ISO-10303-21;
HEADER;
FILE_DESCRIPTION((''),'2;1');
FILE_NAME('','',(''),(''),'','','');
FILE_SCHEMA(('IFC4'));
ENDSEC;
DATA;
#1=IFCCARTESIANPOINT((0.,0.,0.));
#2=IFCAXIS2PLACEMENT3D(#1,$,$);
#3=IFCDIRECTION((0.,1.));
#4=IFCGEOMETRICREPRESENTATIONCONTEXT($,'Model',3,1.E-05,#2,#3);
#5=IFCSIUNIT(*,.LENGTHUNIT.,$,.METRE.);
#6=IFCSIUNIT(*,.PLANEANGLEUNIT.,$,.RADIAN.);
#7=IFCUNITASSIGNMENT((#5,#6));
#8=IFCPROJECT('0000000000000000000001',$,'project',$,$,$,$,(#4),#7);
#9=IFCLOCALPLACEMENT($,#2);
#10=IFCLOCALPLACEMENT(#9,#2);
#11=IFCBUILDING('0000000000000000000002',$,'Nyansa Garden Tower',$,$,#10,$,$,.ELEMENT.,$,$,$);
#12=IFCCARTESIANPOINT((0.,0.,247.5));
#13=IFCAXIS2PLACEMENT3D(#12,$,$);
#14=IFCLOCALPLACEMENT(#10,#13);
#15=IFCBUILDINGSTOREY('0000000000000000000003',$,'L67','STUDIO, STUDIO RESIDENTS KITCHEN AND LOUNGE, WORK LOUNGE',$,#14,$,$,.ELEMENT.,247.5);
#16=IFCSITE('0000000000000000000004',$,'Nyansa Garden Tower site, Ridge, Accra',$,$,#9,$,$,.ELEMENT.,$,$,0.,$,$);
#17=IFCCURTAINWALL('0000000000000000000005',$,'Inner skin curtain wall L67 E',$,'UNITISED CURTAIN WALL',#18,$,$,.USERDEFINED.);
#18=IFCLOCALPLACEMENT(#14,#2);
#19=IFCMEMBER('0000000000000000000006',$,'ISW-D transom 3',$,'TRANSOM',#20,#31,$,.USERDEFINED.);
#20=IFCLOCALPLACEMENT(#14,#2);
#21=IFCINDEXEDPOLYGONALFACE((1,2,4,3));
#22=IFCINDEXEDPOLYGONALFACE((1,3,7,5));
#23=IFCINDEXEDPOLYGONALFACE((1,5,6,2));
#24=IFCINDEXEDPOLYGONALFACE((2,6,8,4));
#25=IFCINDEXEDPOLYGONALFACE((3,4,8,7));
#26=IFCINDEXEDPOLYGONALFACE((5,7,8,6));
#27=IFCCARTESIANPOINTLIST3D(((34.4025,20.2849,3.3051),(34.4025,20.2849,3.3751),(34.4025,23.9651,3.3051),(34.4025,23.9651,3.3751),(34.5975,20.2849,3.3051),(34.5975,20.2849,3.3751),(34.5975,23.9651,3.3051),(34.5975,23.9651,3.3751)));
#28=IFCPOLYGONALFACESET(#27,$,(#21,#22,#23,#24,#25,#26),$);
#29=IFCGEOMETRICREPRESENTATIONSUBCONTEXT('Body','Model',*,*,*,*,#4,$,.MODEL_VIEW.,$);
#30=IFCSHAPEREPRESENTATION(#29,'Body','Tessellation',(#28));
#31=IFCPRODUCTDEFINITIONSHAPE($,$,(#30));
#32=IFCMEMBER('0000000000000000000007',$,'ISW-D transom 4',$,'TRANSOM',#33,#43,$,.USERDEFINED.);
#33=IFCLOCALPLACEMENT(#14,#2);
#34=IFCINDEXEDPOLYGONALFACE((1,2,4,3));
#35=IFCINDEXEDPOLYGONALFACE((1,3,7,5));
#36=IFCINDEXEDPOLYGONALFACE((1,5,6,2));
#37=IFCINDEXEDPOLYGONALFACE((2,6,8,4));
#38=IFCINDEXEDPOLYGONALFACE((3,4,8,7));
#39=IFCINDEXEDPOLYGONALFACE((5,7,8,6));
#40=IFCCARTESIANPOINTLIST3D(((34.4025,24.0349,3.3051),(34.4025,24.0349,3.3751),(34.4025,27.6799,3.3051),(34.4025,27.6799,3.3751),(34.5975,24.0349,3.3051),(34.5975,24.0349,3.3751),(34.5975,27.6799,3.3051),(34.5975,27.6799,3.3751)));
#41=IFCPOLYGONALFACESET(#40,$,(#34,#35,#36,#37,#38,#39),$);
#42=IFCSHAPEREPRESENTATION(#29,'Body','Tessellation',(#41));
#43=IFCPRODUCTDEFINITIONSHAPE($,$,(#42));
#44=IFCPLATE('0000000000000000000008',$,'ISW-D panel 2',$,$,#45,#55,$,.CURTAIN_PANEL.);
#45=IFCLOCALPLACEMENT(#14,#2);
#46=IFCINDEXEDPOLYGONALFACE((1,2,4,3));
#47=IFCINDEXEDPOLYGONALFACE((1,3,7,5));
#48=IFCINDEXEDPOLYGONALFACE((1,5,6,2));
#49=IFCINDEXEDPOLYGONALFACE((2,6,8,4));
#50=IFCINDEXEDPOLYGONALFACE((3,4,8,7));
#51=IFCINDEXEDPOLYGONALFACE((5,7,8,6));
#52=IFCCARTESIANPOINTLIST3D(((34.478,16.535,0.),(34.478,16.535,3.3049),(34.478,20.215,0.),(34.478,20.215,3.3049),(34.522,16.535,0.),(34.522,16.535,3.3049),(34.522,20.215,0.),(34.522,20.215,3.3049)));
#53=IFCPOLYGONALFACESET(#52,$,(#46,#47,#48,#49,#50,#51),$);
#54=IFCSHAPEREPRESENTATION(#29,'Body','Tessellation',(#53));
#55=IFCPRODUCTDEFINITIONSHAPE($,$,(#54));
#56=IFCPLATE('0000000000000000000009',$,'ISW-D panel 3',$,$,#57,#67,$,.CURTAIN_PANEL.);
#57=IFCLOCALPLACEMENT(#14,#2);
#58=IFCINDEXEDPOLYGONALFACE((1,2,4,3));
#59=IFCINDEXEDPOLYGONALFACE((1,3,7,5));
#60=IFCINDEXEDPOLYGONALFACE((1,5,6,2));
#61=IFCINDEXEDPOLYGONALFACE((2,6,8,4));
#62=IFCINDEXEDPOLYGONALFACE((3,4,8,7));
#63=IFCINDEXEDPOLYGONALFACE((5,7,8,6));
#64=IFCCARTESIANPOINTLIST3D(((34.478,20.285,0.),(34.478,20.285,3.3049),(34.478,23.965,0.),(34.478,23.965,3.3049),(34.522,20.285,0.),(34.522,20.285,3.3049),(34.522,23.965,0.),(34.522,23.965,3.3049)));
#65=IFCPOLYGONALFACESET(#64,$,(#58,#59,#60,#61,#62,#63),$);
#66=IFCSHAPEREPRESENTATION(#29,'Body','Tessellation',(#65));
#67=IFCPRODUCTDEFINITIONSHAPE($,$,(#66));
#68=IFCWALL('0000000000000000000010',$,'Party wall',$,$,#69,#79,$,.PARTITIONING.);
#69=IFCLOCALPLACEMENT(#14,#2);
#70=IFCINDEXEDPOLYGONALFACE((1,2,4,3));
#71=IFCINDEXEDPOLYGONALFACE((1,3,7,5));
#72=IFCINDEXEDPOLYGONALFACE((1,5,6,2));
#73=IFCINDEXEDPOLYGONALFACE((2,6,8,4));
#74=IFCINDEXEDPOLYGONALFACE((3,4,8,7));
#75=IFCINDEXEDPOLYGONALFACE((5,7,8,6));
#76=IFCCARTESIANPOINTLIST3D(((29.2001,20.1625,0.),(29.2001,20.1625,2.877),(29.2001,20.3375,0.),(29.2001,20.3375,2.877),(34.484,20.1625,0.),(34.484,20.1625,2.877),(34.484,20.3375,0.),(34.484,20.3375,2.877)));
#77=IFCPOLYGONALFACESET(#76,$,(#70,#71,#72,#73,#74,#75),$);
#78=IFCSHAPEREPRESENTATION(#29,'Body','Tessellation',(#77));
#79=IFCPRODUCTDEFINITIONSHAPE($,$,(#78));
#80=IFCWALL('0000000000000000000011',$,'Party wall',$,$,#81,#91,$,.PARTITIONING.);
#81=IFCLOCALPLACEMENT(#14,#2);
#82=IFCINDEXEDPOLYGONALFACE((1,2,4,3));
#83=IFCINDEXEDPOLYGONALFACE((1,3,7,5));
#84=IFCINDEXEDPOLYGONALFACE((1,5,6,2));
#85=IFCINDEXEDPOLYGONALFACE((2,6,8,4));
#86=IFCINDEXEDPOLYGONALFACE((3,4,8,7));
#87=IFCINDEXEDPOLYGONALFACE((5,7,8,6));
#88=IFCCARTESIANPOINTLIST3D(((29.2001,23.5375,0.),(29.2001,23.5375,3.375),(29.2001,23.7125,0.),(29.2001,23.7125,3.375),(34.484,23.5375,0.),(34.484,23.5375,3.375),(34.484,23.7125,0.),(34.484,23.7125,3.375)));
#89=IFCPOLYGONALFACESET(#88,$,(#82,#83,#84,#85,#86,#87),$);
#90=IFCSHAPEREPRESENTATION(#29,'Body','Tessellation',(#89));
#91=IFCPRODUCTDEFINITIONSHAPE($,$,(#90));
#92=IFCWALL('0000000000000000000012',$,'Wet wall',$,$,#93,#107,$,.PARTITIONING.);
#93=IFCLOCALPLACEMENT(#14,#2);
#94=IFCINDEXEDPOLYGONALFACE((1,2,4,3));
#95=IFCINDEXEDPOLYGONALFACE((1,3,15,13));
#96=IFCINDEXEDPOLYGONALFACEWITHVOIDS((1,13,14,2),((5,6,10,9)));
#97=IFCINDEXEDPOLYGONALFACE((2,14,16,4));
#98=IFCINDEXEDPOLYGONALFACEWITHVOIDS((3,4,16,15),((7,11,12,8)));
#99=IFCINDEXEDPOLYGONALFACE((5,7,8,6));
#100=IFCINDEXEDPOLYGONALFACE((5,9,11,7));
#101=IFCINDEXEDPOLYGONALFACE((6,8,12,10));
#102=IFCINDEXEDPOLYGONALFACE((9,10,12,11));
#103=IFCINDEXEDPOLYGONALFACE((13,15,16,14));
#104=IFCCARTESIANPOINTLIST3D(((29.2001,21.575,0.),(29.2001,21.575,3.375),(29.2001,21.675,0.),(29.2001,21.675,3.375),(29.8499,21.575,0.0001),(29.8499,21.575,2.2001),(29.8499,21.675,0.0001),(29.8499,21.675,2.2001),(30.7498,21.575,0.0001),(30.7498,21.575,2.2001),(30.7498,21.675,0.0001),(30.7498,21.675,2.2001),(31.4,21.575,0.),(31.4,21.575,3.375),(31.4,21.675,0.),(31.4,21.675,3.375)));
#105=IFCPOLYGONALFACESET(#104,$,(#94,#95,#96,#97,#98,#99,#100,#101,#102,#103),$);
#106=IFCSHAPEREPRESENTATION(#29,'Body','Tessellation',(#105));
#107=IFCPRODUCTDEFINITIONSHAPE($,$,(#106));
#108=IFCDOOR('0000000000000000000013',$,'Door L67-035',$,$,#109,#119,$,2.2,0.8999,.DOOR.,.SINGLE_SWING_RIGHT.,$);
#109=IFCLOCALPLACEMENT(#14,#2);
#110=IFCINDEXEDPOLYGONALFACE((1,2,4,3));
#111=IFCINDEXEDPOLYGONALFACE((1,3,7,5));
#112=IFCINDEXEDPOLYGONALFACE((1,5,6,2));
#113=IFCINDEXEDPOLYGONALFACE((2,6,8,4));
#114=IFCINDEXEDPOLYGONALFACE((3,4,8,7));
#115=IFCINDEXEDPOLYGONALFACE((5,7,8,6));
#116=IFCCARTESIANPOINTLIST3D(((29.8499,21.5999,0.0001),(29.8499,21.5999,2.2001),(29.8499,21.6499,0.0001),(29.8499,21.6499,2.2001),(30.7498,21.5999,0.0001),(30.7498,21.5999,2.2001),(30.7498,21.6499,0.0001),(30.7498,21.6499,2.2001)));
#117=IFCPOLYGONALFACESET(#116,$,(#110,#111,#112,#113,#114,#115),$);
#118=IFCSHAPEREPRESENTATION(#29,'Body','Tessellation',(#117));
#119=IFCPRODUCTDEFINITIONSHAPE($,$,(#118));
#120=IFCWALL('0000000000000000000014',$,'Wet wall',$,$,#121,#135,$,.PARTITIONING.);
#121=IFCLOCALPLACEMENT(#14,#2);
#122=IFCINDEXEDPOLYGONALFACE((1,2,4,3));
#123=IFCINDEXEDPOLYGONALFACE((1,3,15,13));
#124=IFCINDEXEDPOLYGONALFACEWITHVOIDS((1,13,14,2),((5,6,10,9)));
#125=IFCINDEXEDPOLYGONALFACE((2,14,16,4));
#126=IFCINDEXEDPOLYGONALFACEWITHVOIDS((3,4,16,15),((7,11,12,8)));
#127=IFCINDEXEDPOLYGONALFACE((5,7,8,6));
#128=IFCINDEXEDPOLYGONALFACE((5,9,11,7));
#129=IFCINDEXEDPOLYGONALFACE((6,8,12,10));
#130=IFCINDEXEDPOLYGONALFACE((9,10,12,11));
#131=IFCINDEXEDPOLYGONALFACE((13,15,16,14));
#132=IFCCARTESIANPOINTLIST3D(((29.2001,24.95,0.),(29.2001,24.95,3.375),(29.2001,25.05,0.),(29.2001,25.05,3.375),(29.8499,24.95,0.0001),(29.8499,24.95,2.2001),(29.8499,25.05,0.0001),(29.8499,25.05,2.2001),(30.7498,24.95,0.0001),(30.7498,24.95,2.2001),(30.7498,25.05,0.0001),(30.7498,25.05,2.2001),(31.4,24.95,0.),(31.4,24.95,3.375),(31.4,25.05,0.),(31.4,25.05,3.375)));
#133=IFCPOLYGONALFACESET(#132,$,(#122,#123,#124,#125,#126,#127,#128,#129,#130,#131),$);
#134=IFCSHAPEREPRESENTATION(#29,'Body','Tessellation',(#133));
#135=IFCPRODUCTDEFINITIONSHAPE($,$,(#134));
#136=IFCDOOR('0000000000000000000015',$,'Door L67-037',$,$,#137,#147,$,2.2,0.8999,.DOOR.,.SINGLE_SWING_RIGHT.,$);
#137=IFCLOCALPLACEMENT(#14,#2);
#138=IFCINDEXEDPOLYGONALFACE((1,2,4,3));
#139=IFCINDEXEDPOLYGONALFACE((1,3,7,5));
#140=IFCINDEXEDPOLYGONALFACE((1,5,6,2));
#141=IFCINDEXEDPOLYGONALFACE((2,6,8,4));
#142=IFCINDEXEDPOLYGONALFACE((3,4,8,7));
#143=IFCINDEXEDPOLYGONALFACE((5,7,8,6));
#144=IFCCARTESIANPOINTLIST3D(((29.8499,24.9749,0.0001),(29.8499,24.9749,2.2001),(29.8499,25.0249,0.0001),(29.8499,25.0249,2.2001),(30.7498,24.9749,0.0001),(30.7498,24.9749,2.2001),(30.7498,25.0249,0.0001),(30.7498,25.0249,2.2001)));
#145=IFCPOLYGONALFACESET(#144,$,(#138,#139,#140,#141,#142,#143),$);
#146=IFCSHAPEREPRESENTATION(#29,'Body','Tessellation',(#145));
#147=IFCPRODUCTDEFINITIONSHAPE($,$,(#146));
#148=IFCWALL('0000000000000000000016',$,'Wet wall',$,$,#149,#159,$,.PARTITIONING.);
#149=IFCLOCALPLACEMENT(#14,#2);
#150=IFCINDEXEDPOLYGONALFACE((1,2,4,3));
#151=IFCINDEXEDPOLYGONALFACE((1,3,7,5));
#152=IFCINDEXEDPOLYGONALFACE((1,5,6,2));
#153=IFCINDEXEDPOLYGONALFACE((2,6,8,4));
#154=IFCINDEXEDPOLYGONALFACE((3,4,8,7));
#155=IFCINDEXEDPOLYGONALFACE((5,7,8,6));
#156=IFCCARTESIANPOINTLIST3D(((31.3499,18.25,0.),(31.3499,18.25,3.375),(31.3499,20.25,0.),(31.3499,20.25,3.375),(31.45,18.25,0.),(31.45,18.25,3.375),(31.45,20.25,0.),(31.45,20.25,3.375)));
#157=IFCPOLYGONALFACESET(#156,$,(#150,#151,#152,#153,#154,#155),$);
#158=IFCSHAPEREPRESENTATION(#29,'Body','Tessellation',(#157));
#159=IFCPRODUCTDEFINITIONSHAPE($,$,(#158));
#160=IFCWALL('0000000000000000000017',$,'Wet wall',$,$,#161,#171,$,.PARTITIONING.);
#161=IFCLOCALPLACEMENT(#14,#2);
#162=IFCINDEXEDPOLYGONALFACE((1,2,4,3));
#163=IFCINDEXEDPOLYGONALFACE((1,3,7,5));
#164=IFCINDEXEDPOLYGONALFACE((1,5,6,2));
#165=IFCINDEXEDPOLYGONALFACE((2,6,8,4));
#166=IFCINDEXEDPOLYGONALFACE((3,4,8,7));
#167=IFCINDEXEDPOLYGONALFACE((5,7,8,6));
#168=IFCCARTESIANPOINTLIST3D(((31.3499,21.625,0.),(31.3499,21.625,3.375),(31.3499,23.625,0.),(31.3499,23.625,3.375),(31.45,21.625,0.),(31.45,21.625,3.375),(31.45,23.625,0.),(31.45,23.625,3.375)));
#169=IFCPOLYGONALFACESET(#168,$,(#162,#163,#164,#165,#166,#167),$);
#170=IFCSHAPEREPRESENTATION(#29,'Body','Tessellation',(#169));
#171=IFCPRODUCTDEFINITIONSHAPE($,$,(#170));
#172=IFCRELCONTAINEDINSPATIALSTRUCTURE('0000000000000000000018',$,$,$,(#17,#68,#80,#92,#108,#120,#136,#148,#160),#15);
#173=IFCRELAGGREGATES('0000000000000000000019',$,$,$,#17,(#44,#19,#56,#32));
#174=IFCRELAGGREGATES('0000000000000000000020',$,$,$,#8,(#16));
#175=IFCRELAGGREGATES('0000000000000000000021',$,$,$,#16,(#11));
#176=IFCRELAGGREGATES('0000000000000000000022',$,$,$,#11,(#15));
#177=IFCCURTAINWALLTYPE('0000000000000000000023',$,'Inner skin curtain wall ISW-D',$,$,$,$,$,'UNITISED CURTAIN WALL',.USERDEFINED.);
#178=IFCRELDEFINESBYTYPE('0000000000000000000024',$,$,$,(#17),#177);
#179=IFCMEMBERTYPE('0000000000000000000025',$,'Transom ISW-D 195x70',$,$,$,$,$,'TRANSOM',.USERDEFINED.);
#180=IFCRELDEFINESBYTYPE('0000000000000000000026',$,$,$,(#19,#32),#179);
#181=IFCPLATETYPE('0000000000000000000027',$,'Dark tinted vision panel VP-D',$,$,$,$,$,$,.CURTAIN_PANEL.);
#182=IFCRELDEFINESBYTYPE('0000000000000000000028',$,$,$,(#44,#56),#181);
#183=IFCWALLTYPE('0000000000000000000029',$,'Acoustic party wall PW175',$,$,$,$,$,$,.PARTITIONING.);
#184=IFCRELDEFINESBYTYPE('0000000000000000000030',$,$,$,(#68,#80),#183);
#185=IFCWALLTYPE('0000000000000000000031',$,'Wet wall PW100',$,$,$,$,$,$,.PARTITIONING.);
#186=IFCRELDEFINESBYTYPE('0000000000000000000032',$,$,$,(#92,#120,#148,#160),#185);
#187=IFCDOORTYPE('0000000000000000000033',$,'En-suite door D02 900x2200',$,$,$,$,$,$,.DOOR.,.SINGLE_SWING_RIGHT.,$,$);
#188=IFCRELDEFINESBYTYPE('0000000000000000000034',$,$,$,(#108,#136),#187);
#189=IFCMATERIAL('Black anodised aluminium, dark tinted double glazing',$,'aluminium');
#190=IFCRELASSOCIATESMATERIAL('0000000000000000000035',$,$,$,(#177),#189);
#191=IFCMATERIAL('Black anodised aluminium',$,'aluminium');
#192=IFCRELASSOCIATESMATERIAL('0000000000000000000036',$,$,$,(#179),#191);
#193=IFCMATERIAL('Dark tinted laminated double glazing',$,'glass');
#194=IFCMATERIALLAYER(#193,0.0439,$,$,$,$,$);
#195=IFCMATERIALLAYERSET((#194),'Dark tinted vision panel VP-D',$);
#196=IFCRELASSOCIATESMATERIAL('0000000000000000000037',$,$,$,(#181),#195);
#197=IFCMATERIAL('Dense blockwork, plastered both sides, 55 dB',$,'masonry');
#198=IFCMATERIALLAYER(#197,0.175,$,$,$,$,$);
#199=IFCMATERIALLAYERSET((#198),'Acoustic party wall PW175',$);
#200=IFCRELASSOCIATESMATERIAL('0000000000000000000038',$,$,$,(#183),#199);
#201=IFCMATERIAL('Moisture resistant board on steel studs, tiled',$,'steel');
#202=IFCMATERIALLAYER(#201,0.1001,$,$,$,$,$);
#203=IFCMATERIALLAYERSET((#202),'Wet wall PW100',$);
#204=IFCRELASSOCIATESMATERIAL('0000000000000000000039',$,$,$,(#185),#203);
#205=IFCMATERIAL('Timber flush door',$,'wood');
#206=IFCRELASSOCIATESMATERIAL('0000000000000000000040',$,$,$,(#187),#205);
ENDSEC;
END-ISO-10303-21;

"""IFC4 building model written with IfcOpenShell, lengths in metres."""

from ifc_helpers import new_model, si_unit, direction, frame, frame_2d, origin, origin_2d, place, context, subcontext, project, spatial, rectangle, extrude, material, layer, layer_set, material_profile, profile_set, type_object, element, fill, aggregate, save


model = new_model("IFC4")

# Units and contexts
model_context = context("Model", 3, precision=1e-05, world=origin(), true_north=direction((0.0, 1.0)))
body_context = subcontext(model_context, "Body", "Model", "MODEL_VIEW")
ifc_project = project(units=[si_unit("LENGTHUNIT", "METRE"), si_unit("PLANEANGLEUNIT", "RADIAN")], contexts=[model_context])

# Site, building, storey
site_placement = place(None, origin())
site = spatial("IfcSite", under=ifc_project, at=site_placement, Name="Nyansa Garden Tower site, Ridge, Accra", CompositionType="ELEMENT", RefElevation=0.0)
building_placement = place(site_placement, origin())
building = spatial("IfcBuilding", under=site, at=building_placement, Name="Nyansa Garden Tower", CompositionType="ELEMENT")
storey_placement = place(building_placement, frame((0.0, 0.0, 247.5)))
storey = spatial("IfcBuildingStorey", under=building, at=storey_placement, Name="L67", Description="STUDIO, STUDIO RESIDENTS KITCHEN AND LOUNGE, WORK LOUNGE", CompositionType="ELEMENT", Elevation=247.5)

# Curtain wall
ifc_material_1 = material(Name="Black anodised aluminium, dark tinted double glazing", Category="aluminium")
curtain_wall_type = type_object("IfcCurtainWallType", Name="Inner skin curtain wall ISW-D", ElementType="UNITISED CURTAIN WALL", PredefinedType="USERDEFINED", material=ifc_material_1)
curtain_wall_placement = place(storey_placement, origin())
curtain_wall = element("IfcCurtainWall", 1, at=curtain_wall_placement, inside=storey, type_object=curtain_wall_type, Name="Inner skin curtain wall L67 E", ObjectType="UNITISED CURTAIN WALL", PredefinedType="USERDEFINED")

# Members
ifc_material_2 = material(Name="Black anodised aluminium", Category="aluminium")
ifc_material_profile_1 = material_profile(ifc_material_2, rectangle(XDim=0.1951, YDim=0.0701, at=origin_2d()), Name="Transom 195x70")
ifc_profile_set_1 = profile_set([ifc_material_profile_1], Name="Black anodised aluminium")
member_type_1 = type_object("IfcMemberType", Name="Transom ISW-D 195x70", ElementType="TRANSOM", PredefinedType="USERDEFINED", material=ifc_profile_set_1)
member_1_placement = place(storey_placement, frame((34.5, 20.2849, 3.3401), z_axis=(0.0, 1.0, 0.0), x_axis=(-1.0, 0.0, 0.0)))
member_1 = element("IfcMember", 2, at=member_1_placement, type_object=member_type_1, Name="ISW-D transom 3", ObjectType="TRANSOM", PredefinedType="USERDEFINED", context=body_context, shape_type="SweptSolid", body=[
    extrude(rectangle(XDim=0.1951, YDim=0.0701, at=origin_2d()), origin(), (0.0, 0.0, 1.0), 3.6802),
])
member_2_placement = place(storey_placement, frame((34.5, 24.0349, 3.3401), z_axis=(0.0, 1.0, 0.0), x_axis=(-1.0, 0.0, 0.0)))
member_2 = element("IfcMember", 3, at=member_2_placement, type_object=member_type_1, Name="ISW-D transom 4", ObjectType="TRANSOM", PredefinedType="USERDEFINED", context=body_context, shape_type="SweptSolid", body=[
    extrude(rectangle(XDim=0.1951, YDim=0.0701, at=origin_2d()), origin(), (0.0, 0.0, 1.0), 3.645),
])

# Plates
ifc_material_3 = material(Name="Dark tinted laminated double glazing", Category="glass")
ifc_layer_1 = layer(ifc_material_3, 0.0439)
ifc_layer_set_1 = layer_set([ifc_layer_1], Name="Dark tinted vision panel VP-D")
plate_type = type_object("IfcPlateType", Name="Dark tinted vision panel VP-D", PredefinedType="CURTAIN_PANEL", material=ifc_layer_set_1)
plate_1_placement = place(storey_placement, frame((34.5, 18.375, 0.0), z_axis=(0.0, 0.0, 1.0), x_axis=(0.0, 1.0, 0.0)))
plate_1 = element("IfcPlate", 4, at=plate_1_placement, type_object=plate_type, Name="ISW-D panel 2", PredefinedType="CURTAIN_PANEL", context=body_context, shape_type="SweptSolid", body=[
    extrude(rectangle(XDim=3.6799, YDim=0.0439, at=origin_2d()), origin(), (0.0, 0.0, 1.0), 3.3049),
])
plate_2_placement = place(storey_placement, frame((34.5, 22.125, 0.0), z_axis=(0.0, 0.0, 1.0), x_axis=(0.0, 1.0, 0.0)))
plate_2 = element("IfcPlate", 5, at=plate_2_placement, type_object=plate_type, Name="ISW-D panel 3", PredefinedType="CURTAIN_PANEL", context=body_context, shape_type="SweptSolid", body=[
    extrude(rectangle(XDim=3.6799, YDim=0.0439, at=origin_2d()), origin(), (0.0, 0.0, 1.0), 3.3049),
])
aggregate(curtain_wall, [plate_1, member_1, plate_2, member_2])

# Walls
ifc_material_4 = material(Name="Dense blockwork, plastered both sides, 55 dB", Category="masonry")
ifc_layer_2 = layer(ifc_material_4, 0.175)
ifc_layer_set_2 = layer_set([ifc_layer_2], Name="Acoustic party wall PW175")
wall_type_1 = type_object("IfcWallType", Name="Acoustic party wall PW175", PredefinedType="PARTITIONING", material=ifc_layer_set_2)
wall_1_placement = place(storey_placement, frame((29.2, 20.25, 0.0), z_axis=(0.0, 0.0, 1.0), x_axis=(1.0, 0.0, 0.0)))
element("IfcWall", 6, at=wall_1_placement, inside=storey, type_object=wall_type_1, Name="Party wall", PredefinedType="PARTITIONING", context=body_context, shape_type="SweptSolid", body=[
    extrude(rectangle(XDim=5.2839, YDim=0.175, at=frame_2d((2.6421, 0.0))), origin(), (0.0, 0.0, 1.0), 2.877),
])
wall_2_placement = place(storey_placement, frame((29.2, 23.625, 0.0), z_axis=(0.0, 0.0, 1.0), x_axis=(1.0, 0.0, 0.0)))
element("IfcWall", 7, at=wall_2_placement, inside=storey, type_object=wall_type_1, Name="Party wall", PredefinedType="PARTITIONING", context=body_context, shape_type="SweptSolid", body=[
    extrude(rectangle(XDim=5.2839, YDim=0.175, at=frame_2d((2.6421, 0.0))), origin(), (0.0, 0.0, 1.0), 3.375),
])

# Walls, openings, doors
ifc_material_5 = material(Name="Moisture resistant board on steel studs, tiled", Category="steel")
ifc_layer_3 = layer(ifc_material_5, 0.1001)
ifc_layer_set_3 = layer_set([ifc_layer_3], Name="Wet wall PW100")
wall_type_2 = type_object("IfcWallType", Name="Wet wall PW100", PredefinedType="PARTITIONING", material=ifc_layer_set_3)
wall_3_placement = place(storey_placement, frame((29.2, 21.625, 0.0), z_axis=(0.0, 0.0, 1.0), x_axis=(1.0, 0.0, 0.0)))
wall_3 = element("IfcWall", 8, at=wall_3_placement, inside=storey, type_object=wall_type_2, Name="Wet wall", PredefinedType="PARTITIONING", context=body_context, shape_type="SweptSolid", body=[
    extrude(rectangle(XDim=2.2, YDim=0.1001, at=frame_2d((1.1001, 0.0))), origin(), (0.0, 0.0, 1.0), 3.375),
])
opening_1_placement = place(wall_3_placement, frame((0.6499, 0.0, 0.0)))
opening_1 = element("IfcOpeningElement", 9, at=opening_1_placement, cuts=wall_3, PredefinedType="OPENING", context=body_context, shape_type="SweptSolid", body=[
    extrude(rectangle(XDim=0.8999, YDim=2.2, at=frame_2d((0.45, 1.1001))), frame((0.0, 0.0601, 0.0), z_axis=(0.0, -1.0, 0.0), x_axis=(1.0, 0.0, 0.0)), (0.0, 0.0, 1.0), 0.1201),
])
ifc_material_6 = material(Name="Timber flush door", Category="wood")
door_type = type_object("IfcDoorType", Name="En-suite door D02 900x2200", OperationType="SINGLE_SWING_RIGHT", PredefinedType="DOOR", material=ifc_material_6)
door_1_placement = place(opening_1_placement, origin())
door_1 = element("IfcDoor", 10, at=door_1_placement, inside=storey, type_object=door_type, Name="Door L67-035", OperationType="SINGLE_SWING_RIGHT", OverallHeight=2.2, OverallWidth=0.8999, PredefinedType="DOOR", context=body_context, shape_type="SweptSolid", body=[
    extrude(rectangle(XDim=0.8999, YDim=2.2, at=frame_2d((0.45, 1.1001))), frame((0.0, 0.0249, 0.0), z_axis=(0.0, -1.0, 0.0), x_axis=(1.0, 0.0, 0.0)), (0.0, 0.0, 1.0), 0.05),
])
fill(opening_1, door_1)
wall_4_placement = place(storey_placement, frame((29.2, 25.0, 0.0), z_axis=(0.0, 0.0, 1.0), x_axis=(1.0, 0.0, 0.0)))
wall_4 = element("IfcWall", 11, at=wall_4_placement, inside=storey, type_object=wall_type_2, Name="Wet wall", PredefinedType="PARTITIONING", context=body_context, shape_type="SweptSolid", body=[
    extrude(rectangle(XDim=2.2, YDim=0.1001, at=frame_2d((1.1001, 0.0))), origin(), (0.0, 0.0, 1.0), 3.375),
])
opening_2_placement = place(wall_4_placement, frame((0.6499, 0.0, 0.0)))
opening_2 = element("IfcOpeningElement", 12, at=opening_2_placement, cuts=wall_4, PredefinedType="OPENING", context=body_context, shape_type="SweptSolid", body=[
    extrude(rectangle(XDim=0.8999, YDim=2.2, at=frame_2d((0.45, 1.1001))), frame((0.0, 0.0601, 0.0), z_axis=(0.0, -1.0, 0.0), x_axis=(1.0, 0.0, 0.0)), (0.0, 0.0, 1.0), 0.1201),
])
door_2_placement = place(opening_2_placement, origin())
door_2 = element("IfcDoor", 13, at=door_2_placement, inside=storey, type_object=door_type, Name="Door L67-037", OperationType="SINGLE_SWING_RIGHT", OverallHeight=2.2, OverallWidth=0.8999, PredefinedType="DOOR", context=body_context, shape_type="SweptSolid", body=[
    extrude(rectangle(XDim=0.8999, YDim=2.2, at=frame_2d((0.45, 1.1001))), frame((0.0, 0.0249, 0.0), z_axis=(0.0, -1.0, 0.0), x_axis=(1.0, 0.0, 0.0)), (0.0, 0.0, 1.0), 0.05),
])
fill(opening_2, door_2)

# Walls
for number, where, z_axis, x_axis, name in (
    (14, (31.3999, 18.25, 0.0), (0.0, 0.0, 1.0), (0.0, 1.0, 0.0), "Wet wall"),
    (15, (31.3999, 21.625, 0.0), (0.0, 0.0, 1.0), (0.0, 1.0, 0.0), "Wet wall"),
):
    element("IfcWall", number, at=place(storey_placement, frame(where, z_axis=z_axis, x_axis=x_axis)), inside=storey, type_object=wall_type_2, Name=name, PredefinedType="PARTITIONING", context=body_context, shape_type="SweptSolid", body=[
        extrude(rectangle(XDim=2.0, YDim=0.1001, at=frame_2d((1.0, 0.0))), origin(), (0.0, 0.0, 1.0), 3.375),
    ])

save(model, "model.ifc")
